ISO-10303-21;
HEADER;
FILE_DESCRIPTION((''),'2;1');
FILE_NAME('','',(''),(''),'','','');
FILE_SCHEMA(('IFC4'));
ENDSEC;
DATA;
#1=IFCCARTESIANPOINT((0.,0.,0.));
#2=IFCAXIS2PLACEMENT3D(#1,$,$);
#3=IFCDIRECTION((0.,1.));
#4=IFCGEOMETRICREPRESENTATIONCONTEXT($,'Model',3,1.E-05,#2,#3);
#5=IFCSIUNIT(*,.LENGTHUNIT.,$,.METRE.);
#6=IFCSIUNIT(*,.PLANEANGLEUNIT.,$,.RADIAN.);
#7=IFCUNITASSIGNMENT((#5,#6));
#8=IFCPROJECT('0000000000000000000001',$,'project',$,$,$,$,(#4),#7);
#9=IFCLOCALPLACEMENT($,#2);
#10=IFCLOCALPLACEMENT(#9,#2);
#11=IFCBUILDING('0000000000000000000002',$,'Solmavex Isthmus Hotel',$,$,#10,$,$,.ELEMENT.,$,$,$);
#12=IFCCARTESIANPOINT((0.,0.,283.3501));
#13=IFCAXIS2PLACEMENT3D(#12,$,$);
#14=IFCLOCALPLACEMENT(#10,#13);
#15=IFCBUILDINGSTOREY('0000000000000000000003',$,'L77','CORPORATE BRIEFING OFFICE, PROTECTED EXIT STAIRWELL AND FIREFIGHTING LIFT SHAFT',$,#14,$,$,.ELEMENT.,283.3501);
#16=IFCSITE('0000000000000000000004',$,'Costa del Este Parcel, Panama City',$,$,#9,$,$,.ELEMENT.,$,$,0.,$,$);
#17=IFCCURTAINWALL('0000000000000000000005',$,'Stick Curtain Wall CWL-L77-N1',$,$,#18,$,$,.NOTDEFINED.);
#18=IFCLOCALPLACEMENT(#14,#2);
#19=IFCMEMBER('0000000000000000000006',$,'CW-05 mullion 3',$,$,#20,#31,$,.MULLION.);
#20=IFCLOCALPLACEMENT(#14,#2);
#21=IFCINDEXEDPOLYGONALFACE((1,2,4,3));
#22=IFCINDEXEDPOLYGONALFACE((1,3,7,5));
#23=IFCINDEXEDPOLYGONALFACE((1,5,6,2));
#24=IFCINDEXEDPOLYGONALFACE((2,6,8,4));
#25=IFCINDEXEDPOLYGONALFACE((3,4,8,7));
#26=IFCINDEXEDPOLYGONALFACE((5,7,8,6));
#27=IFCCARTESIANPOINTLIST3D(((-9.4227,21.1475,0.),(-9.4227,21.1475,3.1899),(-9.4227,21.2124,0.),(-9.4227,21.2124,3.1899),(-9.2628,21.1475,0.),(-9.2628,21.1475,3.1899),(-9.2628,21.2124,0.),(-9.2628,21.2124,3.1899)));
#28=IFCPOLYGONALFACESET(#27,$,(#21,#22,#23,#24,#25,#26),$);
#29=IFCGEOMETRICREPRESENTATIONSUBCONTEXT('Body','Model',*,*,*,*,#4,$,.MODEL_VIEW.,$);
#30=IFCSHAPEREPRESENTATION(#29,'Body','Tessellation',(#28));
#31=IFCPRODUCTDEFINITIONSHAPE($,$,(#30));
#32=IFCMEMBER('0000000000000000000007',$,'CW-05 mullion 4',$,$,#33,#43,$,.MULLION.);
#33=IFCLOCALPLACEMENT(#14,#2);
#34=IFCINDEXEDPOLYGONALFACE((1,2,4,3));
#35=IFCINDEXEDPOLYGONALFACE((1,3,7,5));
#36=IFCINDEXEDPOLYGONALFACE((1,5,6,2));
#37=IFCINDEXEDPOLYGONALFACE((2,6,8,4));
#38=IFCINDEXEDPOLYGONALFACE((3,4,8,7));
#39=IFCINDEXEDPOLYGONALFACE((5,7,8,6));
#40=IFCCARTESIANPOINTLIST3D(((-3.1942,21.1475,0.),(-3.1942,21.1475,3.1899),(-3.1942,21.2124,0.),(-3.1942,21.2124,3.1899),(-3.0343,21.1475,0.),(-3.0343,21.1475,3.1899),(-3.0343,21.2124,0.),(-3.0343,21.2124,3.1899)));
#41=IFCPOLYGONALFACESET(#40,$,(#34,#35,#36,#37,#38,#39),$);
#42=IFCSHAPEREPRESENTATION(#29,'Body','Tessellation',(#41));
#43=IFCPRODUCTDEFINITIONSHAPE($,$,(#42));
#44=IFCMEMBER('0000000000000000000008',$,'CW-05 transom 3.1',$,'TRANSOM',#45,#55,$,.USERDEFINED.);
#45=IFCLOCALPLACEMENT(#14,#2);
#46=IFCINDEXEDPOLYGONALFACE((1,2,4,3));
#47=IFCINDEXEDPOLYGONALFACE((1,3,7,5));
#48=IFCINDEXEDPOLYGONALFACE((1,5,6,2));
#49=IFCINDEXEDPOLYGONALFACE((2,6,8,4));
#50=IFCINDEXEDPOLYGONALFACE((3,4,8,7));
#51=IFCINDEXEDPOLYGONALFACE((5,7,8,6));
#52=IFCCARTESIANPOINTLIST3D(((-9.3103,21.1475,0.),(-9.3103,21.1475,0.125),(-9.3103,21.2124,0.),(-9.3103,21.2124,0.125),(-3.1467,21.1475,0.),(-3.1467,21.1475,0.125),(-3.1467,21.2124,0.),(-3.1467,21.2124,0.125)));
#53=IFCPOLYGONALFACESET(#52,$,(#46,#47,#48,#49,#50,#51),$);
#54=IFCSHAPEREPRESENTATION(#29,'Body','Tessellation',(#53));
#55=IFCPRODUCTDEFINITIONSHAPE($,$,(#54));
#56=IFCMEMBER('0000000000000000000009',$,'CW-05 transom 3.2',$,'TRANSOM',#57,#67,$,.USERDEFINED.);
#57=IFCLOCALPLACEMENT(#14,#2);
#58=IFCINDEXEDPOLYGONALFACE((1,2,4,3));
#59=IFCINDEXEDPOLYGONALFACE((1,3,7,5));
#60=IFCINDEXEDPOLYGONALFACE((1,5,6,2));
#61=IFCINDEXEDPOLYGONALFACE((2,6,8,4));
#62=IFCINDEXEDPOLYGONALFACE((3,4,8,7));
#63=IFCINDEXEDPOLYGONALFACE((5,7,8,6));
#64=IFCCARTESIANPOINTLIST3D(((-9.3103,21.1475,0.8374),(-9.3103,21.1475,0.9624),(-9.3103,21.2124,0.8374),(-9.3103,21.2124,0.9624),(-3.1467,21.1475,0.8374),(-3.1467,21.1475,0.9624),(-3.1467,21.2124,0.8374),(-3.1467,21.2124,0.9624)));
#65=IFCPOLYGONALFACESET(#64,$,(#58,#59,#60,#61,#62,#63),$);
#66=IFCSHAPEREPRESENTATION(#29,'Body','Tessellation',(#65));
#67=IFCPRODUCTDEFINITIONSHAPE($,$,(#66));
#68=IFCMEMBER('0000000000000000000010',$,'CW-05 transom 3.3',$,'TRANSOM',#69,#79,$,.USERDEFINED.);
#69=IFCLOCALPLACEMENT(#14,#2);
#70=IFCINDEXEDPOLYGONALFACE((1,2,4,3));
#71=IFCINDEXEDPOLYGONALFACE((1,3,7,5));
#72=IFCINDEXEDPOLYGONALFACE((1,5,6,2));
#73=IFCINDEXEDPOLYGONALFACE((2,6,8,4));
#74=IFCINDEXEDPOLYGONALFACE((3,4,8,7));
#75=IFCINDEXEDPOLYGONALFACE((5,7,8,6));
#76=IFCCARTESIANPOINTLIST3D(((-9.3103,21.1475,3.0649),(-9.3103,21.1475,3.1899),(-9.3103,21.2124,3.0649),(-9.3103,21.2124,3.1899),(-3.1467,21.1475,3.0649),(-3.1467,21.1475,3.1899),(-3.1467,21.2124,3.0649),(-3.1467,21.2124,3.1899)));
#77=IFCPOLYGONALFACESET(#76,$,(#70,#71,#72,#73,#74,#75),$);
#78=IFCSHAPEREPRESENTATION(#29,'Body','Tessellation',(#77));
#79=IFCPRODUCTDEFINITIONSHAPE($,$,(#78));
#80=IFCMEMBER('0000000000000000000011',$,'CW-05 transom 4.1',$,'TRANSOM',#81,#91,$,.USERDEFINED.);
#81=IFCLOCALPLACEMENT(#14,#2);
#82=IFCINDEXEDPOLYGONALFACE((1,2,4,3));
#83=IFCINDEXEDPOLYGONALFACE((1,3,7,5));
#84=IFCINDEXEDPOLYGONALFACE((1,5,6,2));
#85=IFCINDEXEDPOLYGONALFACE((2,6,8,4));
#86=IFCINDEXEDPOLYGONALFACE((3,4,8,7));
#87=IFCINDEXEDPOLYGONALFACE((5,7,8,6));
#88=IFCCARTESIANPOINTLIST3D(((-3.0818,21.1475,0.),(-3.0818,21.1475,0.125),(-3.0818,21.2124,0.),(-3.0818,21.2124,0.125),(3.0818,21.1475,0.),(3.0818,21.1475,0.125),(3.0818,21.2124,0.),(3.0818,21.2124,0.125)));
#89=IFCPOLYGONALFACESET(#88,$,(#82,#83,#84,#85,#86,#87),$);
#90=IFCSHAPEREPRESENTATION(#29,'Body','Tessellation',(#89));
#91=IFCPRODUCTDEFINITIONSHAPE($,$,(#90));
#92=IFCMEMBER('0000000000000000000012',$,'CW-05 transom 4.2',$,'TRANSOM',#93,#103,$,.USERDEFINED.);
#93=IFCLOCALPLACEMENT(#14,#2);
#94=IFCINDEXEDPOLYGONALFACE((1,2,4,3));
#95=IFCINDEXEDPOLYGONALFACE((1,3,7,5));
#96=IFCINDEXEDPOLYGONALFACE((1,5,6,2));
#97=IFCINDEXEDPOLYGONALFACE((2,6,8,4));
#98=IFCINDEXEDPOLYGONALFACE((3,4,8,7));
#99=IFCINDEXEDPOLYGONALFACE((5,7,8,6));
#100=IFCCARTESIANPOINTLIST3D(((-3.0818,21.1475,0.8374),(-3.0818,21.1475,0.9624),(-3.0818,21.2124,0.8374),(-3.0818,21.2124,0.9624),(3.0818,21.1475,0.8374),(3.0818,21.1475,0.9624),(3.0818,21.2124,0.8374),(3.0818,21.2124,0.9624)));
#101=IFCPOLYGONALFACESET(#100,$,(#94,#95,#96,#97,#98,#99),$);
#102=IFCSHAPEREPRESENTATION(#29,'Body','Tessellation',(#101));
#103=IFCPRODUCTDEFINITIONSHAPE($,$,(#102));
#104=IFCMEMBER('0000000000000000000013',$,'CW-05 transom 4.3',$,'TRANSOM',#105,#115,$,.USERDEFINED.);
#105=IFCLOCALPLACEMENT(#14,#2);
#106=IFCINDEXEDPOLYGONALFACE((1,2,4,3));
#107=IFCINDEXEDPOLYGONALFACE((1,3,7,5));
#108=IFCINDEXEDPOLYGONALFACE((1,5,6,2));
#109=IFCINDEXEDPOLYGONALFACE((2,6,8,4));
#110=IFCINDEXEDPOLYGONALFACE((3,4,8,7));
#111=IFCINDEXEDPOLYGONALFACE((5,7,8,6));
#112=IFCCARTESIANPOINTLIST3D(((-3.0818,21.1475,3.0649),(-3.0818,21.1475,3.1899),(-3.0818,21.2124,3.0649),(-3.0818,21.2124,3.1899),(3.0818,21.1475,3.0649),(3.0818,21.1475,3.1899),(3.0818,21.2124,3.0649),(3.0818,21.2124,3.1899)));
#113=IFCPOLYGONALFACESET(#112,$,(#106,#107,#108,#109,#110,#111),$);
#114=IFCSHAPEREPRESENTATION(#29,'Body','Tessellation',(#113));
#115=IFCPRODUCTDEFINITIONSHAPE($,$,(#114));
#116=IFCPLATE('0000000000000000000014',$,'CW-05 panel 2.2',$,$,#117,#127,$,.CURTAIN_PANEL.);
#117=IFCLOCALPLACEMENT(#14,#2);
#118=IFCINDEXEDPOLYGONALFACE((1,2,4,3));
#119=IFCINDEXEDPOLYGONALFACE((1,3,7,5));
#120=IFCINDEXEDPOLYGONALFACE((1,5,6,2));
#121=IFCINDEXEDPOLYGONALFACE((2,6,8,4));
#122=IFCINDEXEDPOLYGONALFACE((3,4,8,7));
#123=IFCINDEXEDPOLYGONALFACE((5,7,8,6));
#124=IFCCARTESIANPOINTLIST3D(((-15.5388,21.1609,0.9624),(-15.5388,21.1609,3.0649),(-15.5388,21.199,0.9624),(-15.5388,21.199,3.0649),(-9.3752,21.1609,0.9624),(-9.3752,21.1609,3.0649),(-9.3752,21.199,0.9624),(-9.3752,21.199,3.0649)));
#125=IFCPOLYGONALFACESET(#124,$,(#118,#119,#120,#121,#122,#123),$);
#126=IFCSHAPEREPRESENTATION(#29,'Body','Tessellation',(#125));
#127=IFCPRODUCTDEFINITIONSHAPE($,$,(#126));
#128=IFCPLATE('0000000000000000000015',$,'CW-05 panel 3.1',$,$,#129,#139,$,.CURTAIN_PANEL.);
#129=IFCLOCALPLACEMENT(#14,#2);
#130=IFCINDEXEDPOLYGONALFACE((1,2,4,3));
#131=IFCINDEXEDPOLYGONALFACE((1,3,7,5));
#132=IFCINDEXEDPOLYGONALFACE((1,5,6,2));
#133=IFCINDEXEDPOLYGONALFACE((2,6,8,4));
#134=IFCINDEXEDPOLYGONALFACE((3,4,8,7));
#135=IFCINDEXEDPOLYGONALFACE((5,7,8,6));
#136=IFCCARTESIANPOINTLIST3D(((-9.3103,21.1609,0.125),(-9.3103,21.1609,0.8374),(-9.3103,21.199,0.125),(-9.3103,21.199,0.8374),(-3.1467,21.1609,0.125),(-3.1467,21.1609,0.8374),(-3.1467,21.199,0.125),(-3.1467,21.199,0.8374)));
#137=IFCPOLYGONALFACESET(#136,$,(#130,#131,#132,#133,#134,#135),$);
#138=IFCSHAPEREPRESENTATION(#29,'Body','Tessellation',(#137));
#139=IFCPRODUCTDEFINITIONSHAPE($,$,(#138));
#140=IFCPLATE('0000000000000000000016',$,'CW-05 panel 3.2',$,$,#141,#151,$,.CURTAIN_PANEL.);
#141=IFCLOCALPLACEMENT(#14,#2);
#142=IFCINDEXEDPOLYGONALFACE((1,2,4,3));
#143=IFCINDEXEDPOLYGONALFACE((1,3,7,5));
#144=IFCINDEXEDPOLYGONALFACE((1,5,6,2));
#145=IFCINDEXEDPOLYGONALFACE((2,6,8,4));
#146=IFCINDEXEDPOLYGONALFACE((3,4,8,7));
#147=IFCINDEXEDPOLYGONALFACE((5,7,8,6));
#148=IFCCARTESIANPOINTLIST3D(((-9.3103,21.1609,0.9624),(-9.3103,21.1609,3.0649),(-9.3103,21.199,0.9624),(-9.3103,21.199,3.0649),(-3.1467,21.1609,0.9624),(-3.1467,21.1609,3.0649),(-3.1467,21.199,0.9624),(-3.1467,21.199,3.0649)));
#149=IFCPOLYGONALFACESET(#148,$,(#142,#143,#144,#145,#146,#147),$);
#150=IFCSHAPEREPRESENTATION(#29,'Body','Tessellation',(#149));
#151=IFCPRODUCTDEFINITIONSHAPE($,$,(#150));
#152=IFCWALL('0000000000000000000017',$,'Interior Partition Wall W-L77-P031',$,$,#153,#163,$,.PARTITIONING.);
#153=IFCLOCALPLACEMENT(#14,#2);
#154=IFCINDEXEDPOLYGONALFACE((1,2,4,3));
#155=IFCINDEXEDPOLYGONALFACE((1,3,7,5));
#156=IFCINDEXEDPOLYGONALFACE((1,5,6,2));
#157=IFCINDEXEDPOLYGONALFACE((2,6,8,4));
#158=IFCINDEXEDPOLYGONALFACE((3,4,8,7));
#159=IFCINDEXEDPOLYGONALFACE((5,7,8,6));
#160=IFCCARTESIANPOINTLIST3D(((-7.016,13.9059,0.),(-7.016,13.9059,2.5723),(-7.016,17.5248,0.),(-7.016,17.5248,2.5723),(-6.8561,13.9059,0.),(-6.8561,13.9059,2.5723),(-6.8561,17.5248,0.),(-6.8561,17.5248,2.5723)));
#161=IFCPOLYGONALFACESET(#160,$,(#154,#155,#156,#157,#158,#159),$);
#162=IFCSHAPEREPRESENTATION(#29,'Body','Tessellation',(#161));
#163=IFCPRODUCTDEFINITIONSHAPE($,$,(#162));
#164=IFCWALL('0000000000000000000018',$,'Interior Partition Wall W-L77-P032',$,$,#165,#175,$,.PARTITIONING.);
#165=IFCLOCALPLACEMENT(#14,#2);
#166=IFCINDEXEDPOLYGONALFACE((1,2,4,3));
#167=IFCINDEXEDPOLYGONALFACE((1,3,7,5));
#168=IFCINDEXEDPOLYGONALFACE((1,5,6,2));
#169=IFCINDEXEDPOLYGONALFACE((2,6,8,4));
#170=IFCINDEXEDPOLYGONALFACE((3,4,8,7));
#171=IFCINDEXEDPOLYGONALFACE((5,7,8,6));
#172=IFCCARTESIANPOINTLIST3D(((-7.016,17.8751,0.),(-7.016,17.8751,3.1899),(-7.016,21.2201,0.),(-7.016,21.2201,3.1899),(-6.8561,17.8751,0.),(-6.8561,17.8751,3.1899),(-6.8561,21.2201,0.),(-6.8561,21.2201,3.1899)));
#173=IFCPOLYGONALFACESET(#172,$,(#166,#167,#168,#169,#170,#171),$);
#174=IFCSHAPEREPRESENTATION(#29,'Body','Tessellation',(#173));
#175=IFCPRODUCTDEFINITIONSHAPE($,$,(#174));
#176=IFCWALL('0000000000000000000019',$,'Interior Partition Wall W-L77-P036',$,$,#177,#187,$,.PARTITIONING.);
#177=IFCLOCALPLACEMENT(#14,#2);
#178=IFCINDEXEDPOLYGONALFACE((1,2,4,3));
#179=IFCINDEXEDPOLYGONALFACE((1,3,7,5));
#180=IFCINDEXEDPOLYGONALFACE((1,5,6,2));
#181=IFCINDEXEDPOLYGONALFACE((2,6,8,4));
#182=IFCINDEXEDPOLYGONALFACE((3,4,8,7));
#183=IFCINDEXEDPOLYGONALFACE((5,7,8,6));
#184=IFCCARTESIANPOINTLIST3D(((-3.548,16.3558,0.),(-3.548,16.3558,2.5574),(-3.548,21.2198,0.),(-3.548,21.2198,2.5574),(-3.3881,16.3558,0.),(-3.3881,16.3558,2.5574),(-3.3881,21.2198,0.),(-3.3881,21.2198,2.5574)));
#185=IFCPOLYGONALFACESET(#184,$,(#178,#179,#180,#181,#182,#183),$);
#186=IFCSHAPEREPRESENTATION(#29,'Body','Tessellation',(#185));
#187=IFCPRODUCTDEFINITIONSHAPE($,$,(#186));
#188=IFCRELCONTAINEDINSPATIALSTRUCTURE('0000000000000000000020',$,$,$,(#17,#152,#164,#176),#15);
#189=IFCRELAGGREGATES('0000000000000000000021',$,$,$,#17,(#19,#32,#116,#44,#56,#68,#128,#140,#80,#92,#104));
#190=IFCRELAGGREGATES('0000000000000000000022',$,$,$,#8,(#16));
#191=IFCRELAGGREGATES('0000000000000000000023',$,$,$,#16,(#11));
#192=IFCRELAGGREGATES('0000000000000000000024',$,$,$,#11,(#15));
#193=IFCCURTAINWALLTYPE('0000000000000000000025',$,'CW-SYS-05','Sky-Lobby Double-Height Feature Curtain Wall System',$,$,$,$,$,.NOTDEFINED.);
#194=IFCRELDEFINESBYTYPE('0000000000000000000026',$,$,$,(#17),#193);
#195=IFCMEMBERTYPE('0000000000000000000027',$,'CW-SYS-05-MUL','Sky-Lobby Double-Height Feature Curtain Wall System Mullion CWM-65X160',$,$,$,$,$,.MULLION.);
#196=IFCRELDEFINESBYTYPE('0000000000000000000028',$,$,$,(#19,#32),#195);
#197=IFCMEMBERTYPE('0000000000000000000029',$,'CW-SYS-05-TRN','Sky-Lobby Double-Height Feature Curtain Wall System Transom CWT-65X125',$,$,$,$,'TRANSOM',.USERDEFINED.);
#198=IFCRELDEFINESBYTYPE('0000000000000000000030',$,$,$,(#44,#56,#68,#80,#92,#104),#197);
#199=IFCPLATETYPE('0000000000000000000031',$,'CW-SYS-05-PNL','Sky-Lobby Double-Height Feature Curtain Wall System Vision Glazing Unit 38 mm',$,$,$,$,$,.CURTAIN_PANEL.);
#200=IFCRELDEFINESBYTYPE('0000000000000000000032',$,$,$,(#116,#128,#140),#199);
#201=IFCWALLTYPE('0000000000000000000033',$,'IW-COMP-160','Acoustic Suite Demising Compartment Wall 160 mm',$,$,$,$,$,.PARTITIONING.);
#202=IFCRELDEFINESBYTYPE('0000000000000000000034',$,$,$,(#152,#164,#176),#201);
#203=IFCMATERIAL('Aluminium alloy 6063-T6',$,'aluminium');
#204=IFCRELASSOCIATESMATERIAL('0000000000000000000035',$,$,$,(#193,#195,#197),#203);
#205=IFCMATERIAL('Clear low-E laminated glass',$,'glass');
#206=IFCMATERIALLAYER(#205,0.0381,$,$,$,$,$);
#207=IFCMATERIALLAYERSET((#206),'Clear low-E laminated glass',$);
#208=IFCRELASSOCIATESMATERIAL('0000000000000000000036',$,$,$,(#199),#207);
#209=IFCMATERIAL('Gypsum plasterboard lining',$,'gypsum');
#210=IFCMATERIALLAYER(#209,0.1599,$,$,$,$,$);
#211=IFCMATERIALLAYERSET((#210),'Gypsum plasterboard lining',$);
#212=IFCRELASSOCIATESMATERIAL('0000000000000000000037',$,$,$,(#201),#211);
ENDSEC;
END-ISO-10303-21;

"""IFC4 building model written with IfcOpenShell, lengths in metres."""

from ifc_helpers import new_model, si_unit, direction, frame, frame_2d, origin, origin_2d, place, context, subcontext, project, spatial, rectangle, extrude, material, layer, layer_set, material_profile, profile_set, type_object, element, aggregate, save


model = new_model("IFC4")

# Units and contexts
model_context = context("Model", 3, precision=1e-05, world=origin(), true_north=direction((0.0, 1.0)))
body_context = subcontext(model_context, "Body", "Model", "MODEL_VIEW")
ifc_project = project(units=[si_unit("LENGTHUNIT", "METRE"), si_unit("PLANEANGLEUNIT", "RADIAN")], contexts=[model_context])

# Site, building, storey
site_placement = place(None, origin())
site = spatial("IfcSite", under=ifc_project, at=site_placement, Name="Costa del Este Parcel, Panama City", CompositionType="ELEMENT", RefElevation=0.0)
building_placement = place(site_placement, origin())
building = spatial("IfcBuilding", under=site, at=building_placement, Name="Solmavex Isthmus Hotel", CompositionType="ELEMENT")
storey_placement = place(building_placement, frame((0.0, 0.0, 283.3501)))
storey = spatial("IfcBuildingStorey", under=building, at=storey_placement, Name="L77", Description="CORPORATE BRIEFING OFFICE, PROTECTED EXIT STAIRWELL AND FIREFIGHTING LIFT SHAFT", CompositionType="ELEMENT", Elevation=283.3501)

# Curtain wall, members, plates
ifc_material_1 = material(Name="Aluminium alloy 6063-T6", Category="aluminium")
curtain_wall_type = type_object("IfcCurtainWallType", Name="CW-SYS-05", Description="Sky-Lobby Double-Height Feature Curtain Wall System", PredefinedType="NOTDEFINED", material=ifc_material_1)
curtain_wall_placement = place(storey_placement, origin())
curtain_wall = element("IfcCurtainWall", 1, at=curtain_wall_placement, inside=storey, type_object=curtain_wall_type, Name="Stick Curtain Wall CWL-L77-N1", PredefinedType="NOTDEFINED")
ifc_material_profile_1 = material_profile(ifc_material_1, rectangle(XDim=0.0649, YDim=0.1599, at=origin_2d()), Name="CWM-65X160")
ifc_profile_set_1 = profile_set([ifc_material_profile_1], Name="Aluminium alloy 6063-T6")
member_type_1 = type_object("IfcMemberType", Name="CW-SYS-05-MUL", Description="Sky-Lobby Double-Height Feature Curtain Wall System Mullion CWM-65X160", PredefinedType="MULLION", material=ifc_profile_set_1)
member_1_placement = place(storey_placement, frame((-9.3428, 21.1799, 0.0), z_axis=(0.0, 0.0, 1.0), x_axis=(0.0, 1.0, 0.0)))
member_1 = element("IfcMember", 2, at=member_1_placement, type_object=member_type_1, Name="CW-05 mullion 3", PredefinedType="MULLION", context=body_context, shape_type="SweptSolid", body=[
    extrude(rectangle(XDim=0.0649, YDim=0.1599, at=origin_2d()), origin(), (0.0, 0.0, 1.0), 3.1899),
])
member_2_placement = place(storey_placement, frame((-3.1143, 21.1799, 0.0), z_axis=(0.0, 0.0, 1.0), x_axis=(0.0, 1.0, 0.0)))
member_2 = element("IfcMember", 3, at=member_2_placement, type_object=member_type_1, Name="CW-05 mullion 4", PredefinedType="MULLION", context=body_context, shape_type="SweptSolid", body=[
    extrude(rectangle(XDim=0.0649, YDim=0.1599, at=origin_2d()), origin(), (0.0, 0.0, 1.0), 3.1899),
])
ifc_material_profile_2 = material_profile(ifc_material_1, rectangle(XDim=0.0649, YDim=0.125, at=origin_2d()), Name="CWT-65X125")
ifc_profile_set_2 = profile_set([ifc_material_profile_2], Name="Aluminium alloy 6063-T6")
member_type_2 = type_object("IfcMemberType", Name="CW-SYS-05-TRN", Description="Sky-Lobby Double-Height Feature Curtain Wall System Transom CWT-65X125", ElementType="TRANSOM", PredefinedType="USERDEFINED", material=ifc_profile_set_2)
member_3_placement = place(storey_placement, frame((-9.3103, 21.1799, 0.0625), z_axis=(1.0, 0.0, 0.0), x_axis=(0.0, 1.0, 0.0)))
member_3 = element("IfcMember", 4, at=member_3_placement, type_object=member_type_2, Name="CW-05 transom 3.1", ObjectType="TRANSOM", PredefinedType="USERDEFINED", context=body_context, shape_type="SweptSolid", body=[
    extrude(rectangle(XDim=0.0649, YDim=0.125, at=origin_2d()), origin(), (0.0, 0.0, 1.0), 6.1636),
])
member_4_placement = place(storey_placement, frame((-9.3103, 21.1799, 0.8999), z_axis=(1.0, 0.0, 0.0), x_axis=(0.0, 1.0, 0.0)))
member_4 = element("IfcMember", 5, at=member_4_placement, type_object=member_type_2, Name="CW-05 transom 3.2", ObjectType="TRANSOM", PredefinedType="USERDEFINED", context=body_context, shape_type="SweptSolid", body=[
    extrude(rectangle(XDim=0.0649, YDim=0.125, at=origin_2d()), origin(), (0.0, 0.0, 1.0), 6.1636),
])
member_5_placement = place(storey_placement, frame((-9.3103, 21.1799, 3.1274), z_axis=(1.0, 0.0, 0.0), x_axis=(0.0, 1.0, 0.0)))
member_5 = element("IfcMember", 6, at=member_5_placement, type_object=member_type_2, Name="CW-05 transom 3.3", ObjectType="TRANSOM", PredefinedType="USERDEFINED", context=body_context, shape_type="SweptSolid", body=[
    extrude(rectangle(XDim=0.0649, YDim=0.125, at=origin_2d()), origin(), (0.0, 0.0, 1.0), 6.1636),
])
member_6_placement = place(storey_placement, frame((-3.0818, 21.1799, 0.0625), z_axis=(1.0, 0.0, 0.0), x_axis=(0.0, 1.0, 0.0)))
member_6 = element("IfcMember", 7, at=member_6_placement, type_object=member_type_2, Name="CW-05 transom 4.1", ObjectType="TRANSOM", PredefinedType="USERDEFINED", context=body_context, shape_type="SweptSolid", body=[
    extrude(rectangle(XDim=0.0649, YDim=0.125, at=origin_2d()), origin(), (0.0, 0.0, 1.0), 6.1636),
])
member_7_placement = place(storey_placement, frame((-3.0818, 21.1799, 0.8999), z_axis=(1.0, 0.0, 0.0), x_axis=(0.0, 1.0, 0.0)))
member_7 = element("IfcMember", 8, at=member_7_placement, type_object=member_type_2, Name="CW-05 transom 4.2", ObjectType="TRANSOM", PredefinedType="USERDEFINED", context=body_context, shape_type="SweptSolid", body=[
    extrude(rectangle(XDim=0.0649, YDim=0.125, at=origin_2d()), origin(), (0.0, 0.0, 1.0), 6.1636),
])
member_8_placement = place(storey_placement, frame((-3.0818, 21.1799, 3.1274), z_axis=(1.0, 0.0, 0.0), x_axis=(0.0, 1.0, 0.0)))
member_8 = element("IfcMember", 9, at=member_8_placement, type_object=member_type_2, Name="CW-05 transom 4.3", ObjectType="TRANSOM", PredefinedType="USERDEFINED", context=body_context, shape_type="SweptSolid", body=[
    extrude(rectangle(XDim=0.0649, YDim=0.125, at=origin_2d()), origin(), (0.0, 0.0, 1.0), 6.1636),
])
ifc_material_2 = material(Name="Clear low-E laminated glass", Category="glass")
ifc_layer_1 = layer(ifc_material_2, 0.0381)
ifc_layer_set_1 = layer_set([ifc_layer_1], Name="Clear low-E laminated glass")
plate_type = type_object("IfcPlateType", Name="CW-SYS-05-PNL", Description="Sky-Lobby Double-Height Feature Curtain Wall System Vision Glazing Unit 38 mm", PredefinedType="CURTAIN_PANEL", material=ifc_layer_set_1)
plate_1_placement = place(storey_placement, frame((-12.457, 21.1799, 0.9624), z_axis=(0.0, 0.0, 1.0), x_axis=(1.0, 0.0, 0.0)))
plate_1 = element("IfcPlate", 10, at=plate_1_placement, type_object=plate_type, Name="CW-05 panel 2.2", PredefinedType="CURTAIN_PANEL", context=body_context, shape_type="SweptSolid", body=[
    extrude(rectangle(XDim=6.1636, YDim=0.0381, at=origin_2d()), origin(), (0.0, 0.0, 1.0), 2.1025),
])
plate_2_placement = place(storey_placement, frame((-6.2285, 21.1799, 0.125), z_axis=(0.0, 0.0, 1.0), x_axis=(1.0, 0.0, 0.0)))
plate_2 = element("IfcPlate", 11, at=plate_2_placement, type_object=plate_type, Name="CW-05 panel 3.1", PredefinedType="CURTAIN_PANEL", context=body_context, shape_type="SweptSolid", body=[
    extrude(rectangle(XDim=6.1636, YDim=0.0381, at=origin_2d()), origin(), (0.0, 0.0, 1.0), 0.7124),
])
plate_3_placement = place(storey_placement, frame((-6.2285, 21.1799, 0.9624), z_axis=(0.0, 0.0, 1.0), x_axis=(1.0, 0.0, 0.0)))
plate_3 = element("IfcPlate", 12, at=plate_3_placement, type_object=plate_type, Name="CW-05 panel 3.2", PredefinedType="CURTAIN_PANEL", context=body_context, shape_type="SweptSolid", body=[
    extrude(rectangle(XDim=6.1636, YDim=0.0381, at=origin_2d()), origin(), (0.0, 0.0, 1.0), 2.1025),
])
aggregate(curtain_wall, [member_1, member_2, plate_1, member_3, member_4, member_5, plate_2, plate_3, member_6, member_7, member_8])

# Walls
ifc_material_3 = material(Name="Gypsum plasterboard lining", Category="gypsum")
ifc_layer_2 = layer(ifc_material_3, 0.1599)
ifc_layer_set_2 = layer_set([ifc_layer_2], Name="Gypsum plasterboard lining")
wall_type_1 = type_object("IfcWallType", Name="IW-COMP-160", Description="Acoustic Suite Demising Compartment Wall 160 mm", PredefinedType="PARTITIONING", material=ifc_layer_set_2)
wall_1_placement = place(storey_placement, frame((-6.936, 17.5249, 0.0), z_axis=(0.0, 0.0, 1.0), x_axis=(0.0, -1.0, 0.0)))
element("IfcWall", 13, at=wall_1_placement, inside=storey, type_object=wall_type_1, Name="Interior Partition Wall W-L77-P031", PredefinedType="PARTITIONING", context=body_context, shape_type="SweptSolid", body=[
    extrude(rectangle(XDim=3.6189, YDim=0.1599, at=frame_2d((1.8096, 0.0))), origin(), (0.0, 0.0, 1.0), 2.5723),
])
wall_2_placement = place(storey_placement, frame((-6.936, 21.22, 0.0), z_axis=(0.0, 0.0, 1.0), x_axis=(0.0, -1.0, 0.0)))
element("IfcWall", 14, at=wall_2_placement, inside=storey, type_object=wall_type_1, Name="Interior Partition Wall W-L77-P032", PredefinedType="PARTITIONING", context=body_context, shape_type="SweptSolid", body=[
    extrude(rectangle(XDim=3.345, YDim=0.1599, at=frame_2d((1.6724, 0.0))), origin(), (0.0, 0.0, 1.0), 3.1899),
])
wall_3_placement = place(storey_placement, frame((-3.468, 21.22, 0.0), z_axis=(0.0, 0.0, 1.0), x_axis=(0.0, -1.0, 0.0)))
element("IfcWall", 15, at=wall_3_placement, inside=storey, type_object=wall_type_1, Name="Interior Partition Wall W-L77-P036", PredefinedType="PARTITIONING", context=body_context, shape_type="SweptSolid", body=[
    extrude(rectangle(XDim=4.864, YDim=0.1599, at=frame_2d((2.4321, 0.0))), origin(), (0.0, 0.0, 1.0), 2.5574),
])

save(model, "model.ifc")
